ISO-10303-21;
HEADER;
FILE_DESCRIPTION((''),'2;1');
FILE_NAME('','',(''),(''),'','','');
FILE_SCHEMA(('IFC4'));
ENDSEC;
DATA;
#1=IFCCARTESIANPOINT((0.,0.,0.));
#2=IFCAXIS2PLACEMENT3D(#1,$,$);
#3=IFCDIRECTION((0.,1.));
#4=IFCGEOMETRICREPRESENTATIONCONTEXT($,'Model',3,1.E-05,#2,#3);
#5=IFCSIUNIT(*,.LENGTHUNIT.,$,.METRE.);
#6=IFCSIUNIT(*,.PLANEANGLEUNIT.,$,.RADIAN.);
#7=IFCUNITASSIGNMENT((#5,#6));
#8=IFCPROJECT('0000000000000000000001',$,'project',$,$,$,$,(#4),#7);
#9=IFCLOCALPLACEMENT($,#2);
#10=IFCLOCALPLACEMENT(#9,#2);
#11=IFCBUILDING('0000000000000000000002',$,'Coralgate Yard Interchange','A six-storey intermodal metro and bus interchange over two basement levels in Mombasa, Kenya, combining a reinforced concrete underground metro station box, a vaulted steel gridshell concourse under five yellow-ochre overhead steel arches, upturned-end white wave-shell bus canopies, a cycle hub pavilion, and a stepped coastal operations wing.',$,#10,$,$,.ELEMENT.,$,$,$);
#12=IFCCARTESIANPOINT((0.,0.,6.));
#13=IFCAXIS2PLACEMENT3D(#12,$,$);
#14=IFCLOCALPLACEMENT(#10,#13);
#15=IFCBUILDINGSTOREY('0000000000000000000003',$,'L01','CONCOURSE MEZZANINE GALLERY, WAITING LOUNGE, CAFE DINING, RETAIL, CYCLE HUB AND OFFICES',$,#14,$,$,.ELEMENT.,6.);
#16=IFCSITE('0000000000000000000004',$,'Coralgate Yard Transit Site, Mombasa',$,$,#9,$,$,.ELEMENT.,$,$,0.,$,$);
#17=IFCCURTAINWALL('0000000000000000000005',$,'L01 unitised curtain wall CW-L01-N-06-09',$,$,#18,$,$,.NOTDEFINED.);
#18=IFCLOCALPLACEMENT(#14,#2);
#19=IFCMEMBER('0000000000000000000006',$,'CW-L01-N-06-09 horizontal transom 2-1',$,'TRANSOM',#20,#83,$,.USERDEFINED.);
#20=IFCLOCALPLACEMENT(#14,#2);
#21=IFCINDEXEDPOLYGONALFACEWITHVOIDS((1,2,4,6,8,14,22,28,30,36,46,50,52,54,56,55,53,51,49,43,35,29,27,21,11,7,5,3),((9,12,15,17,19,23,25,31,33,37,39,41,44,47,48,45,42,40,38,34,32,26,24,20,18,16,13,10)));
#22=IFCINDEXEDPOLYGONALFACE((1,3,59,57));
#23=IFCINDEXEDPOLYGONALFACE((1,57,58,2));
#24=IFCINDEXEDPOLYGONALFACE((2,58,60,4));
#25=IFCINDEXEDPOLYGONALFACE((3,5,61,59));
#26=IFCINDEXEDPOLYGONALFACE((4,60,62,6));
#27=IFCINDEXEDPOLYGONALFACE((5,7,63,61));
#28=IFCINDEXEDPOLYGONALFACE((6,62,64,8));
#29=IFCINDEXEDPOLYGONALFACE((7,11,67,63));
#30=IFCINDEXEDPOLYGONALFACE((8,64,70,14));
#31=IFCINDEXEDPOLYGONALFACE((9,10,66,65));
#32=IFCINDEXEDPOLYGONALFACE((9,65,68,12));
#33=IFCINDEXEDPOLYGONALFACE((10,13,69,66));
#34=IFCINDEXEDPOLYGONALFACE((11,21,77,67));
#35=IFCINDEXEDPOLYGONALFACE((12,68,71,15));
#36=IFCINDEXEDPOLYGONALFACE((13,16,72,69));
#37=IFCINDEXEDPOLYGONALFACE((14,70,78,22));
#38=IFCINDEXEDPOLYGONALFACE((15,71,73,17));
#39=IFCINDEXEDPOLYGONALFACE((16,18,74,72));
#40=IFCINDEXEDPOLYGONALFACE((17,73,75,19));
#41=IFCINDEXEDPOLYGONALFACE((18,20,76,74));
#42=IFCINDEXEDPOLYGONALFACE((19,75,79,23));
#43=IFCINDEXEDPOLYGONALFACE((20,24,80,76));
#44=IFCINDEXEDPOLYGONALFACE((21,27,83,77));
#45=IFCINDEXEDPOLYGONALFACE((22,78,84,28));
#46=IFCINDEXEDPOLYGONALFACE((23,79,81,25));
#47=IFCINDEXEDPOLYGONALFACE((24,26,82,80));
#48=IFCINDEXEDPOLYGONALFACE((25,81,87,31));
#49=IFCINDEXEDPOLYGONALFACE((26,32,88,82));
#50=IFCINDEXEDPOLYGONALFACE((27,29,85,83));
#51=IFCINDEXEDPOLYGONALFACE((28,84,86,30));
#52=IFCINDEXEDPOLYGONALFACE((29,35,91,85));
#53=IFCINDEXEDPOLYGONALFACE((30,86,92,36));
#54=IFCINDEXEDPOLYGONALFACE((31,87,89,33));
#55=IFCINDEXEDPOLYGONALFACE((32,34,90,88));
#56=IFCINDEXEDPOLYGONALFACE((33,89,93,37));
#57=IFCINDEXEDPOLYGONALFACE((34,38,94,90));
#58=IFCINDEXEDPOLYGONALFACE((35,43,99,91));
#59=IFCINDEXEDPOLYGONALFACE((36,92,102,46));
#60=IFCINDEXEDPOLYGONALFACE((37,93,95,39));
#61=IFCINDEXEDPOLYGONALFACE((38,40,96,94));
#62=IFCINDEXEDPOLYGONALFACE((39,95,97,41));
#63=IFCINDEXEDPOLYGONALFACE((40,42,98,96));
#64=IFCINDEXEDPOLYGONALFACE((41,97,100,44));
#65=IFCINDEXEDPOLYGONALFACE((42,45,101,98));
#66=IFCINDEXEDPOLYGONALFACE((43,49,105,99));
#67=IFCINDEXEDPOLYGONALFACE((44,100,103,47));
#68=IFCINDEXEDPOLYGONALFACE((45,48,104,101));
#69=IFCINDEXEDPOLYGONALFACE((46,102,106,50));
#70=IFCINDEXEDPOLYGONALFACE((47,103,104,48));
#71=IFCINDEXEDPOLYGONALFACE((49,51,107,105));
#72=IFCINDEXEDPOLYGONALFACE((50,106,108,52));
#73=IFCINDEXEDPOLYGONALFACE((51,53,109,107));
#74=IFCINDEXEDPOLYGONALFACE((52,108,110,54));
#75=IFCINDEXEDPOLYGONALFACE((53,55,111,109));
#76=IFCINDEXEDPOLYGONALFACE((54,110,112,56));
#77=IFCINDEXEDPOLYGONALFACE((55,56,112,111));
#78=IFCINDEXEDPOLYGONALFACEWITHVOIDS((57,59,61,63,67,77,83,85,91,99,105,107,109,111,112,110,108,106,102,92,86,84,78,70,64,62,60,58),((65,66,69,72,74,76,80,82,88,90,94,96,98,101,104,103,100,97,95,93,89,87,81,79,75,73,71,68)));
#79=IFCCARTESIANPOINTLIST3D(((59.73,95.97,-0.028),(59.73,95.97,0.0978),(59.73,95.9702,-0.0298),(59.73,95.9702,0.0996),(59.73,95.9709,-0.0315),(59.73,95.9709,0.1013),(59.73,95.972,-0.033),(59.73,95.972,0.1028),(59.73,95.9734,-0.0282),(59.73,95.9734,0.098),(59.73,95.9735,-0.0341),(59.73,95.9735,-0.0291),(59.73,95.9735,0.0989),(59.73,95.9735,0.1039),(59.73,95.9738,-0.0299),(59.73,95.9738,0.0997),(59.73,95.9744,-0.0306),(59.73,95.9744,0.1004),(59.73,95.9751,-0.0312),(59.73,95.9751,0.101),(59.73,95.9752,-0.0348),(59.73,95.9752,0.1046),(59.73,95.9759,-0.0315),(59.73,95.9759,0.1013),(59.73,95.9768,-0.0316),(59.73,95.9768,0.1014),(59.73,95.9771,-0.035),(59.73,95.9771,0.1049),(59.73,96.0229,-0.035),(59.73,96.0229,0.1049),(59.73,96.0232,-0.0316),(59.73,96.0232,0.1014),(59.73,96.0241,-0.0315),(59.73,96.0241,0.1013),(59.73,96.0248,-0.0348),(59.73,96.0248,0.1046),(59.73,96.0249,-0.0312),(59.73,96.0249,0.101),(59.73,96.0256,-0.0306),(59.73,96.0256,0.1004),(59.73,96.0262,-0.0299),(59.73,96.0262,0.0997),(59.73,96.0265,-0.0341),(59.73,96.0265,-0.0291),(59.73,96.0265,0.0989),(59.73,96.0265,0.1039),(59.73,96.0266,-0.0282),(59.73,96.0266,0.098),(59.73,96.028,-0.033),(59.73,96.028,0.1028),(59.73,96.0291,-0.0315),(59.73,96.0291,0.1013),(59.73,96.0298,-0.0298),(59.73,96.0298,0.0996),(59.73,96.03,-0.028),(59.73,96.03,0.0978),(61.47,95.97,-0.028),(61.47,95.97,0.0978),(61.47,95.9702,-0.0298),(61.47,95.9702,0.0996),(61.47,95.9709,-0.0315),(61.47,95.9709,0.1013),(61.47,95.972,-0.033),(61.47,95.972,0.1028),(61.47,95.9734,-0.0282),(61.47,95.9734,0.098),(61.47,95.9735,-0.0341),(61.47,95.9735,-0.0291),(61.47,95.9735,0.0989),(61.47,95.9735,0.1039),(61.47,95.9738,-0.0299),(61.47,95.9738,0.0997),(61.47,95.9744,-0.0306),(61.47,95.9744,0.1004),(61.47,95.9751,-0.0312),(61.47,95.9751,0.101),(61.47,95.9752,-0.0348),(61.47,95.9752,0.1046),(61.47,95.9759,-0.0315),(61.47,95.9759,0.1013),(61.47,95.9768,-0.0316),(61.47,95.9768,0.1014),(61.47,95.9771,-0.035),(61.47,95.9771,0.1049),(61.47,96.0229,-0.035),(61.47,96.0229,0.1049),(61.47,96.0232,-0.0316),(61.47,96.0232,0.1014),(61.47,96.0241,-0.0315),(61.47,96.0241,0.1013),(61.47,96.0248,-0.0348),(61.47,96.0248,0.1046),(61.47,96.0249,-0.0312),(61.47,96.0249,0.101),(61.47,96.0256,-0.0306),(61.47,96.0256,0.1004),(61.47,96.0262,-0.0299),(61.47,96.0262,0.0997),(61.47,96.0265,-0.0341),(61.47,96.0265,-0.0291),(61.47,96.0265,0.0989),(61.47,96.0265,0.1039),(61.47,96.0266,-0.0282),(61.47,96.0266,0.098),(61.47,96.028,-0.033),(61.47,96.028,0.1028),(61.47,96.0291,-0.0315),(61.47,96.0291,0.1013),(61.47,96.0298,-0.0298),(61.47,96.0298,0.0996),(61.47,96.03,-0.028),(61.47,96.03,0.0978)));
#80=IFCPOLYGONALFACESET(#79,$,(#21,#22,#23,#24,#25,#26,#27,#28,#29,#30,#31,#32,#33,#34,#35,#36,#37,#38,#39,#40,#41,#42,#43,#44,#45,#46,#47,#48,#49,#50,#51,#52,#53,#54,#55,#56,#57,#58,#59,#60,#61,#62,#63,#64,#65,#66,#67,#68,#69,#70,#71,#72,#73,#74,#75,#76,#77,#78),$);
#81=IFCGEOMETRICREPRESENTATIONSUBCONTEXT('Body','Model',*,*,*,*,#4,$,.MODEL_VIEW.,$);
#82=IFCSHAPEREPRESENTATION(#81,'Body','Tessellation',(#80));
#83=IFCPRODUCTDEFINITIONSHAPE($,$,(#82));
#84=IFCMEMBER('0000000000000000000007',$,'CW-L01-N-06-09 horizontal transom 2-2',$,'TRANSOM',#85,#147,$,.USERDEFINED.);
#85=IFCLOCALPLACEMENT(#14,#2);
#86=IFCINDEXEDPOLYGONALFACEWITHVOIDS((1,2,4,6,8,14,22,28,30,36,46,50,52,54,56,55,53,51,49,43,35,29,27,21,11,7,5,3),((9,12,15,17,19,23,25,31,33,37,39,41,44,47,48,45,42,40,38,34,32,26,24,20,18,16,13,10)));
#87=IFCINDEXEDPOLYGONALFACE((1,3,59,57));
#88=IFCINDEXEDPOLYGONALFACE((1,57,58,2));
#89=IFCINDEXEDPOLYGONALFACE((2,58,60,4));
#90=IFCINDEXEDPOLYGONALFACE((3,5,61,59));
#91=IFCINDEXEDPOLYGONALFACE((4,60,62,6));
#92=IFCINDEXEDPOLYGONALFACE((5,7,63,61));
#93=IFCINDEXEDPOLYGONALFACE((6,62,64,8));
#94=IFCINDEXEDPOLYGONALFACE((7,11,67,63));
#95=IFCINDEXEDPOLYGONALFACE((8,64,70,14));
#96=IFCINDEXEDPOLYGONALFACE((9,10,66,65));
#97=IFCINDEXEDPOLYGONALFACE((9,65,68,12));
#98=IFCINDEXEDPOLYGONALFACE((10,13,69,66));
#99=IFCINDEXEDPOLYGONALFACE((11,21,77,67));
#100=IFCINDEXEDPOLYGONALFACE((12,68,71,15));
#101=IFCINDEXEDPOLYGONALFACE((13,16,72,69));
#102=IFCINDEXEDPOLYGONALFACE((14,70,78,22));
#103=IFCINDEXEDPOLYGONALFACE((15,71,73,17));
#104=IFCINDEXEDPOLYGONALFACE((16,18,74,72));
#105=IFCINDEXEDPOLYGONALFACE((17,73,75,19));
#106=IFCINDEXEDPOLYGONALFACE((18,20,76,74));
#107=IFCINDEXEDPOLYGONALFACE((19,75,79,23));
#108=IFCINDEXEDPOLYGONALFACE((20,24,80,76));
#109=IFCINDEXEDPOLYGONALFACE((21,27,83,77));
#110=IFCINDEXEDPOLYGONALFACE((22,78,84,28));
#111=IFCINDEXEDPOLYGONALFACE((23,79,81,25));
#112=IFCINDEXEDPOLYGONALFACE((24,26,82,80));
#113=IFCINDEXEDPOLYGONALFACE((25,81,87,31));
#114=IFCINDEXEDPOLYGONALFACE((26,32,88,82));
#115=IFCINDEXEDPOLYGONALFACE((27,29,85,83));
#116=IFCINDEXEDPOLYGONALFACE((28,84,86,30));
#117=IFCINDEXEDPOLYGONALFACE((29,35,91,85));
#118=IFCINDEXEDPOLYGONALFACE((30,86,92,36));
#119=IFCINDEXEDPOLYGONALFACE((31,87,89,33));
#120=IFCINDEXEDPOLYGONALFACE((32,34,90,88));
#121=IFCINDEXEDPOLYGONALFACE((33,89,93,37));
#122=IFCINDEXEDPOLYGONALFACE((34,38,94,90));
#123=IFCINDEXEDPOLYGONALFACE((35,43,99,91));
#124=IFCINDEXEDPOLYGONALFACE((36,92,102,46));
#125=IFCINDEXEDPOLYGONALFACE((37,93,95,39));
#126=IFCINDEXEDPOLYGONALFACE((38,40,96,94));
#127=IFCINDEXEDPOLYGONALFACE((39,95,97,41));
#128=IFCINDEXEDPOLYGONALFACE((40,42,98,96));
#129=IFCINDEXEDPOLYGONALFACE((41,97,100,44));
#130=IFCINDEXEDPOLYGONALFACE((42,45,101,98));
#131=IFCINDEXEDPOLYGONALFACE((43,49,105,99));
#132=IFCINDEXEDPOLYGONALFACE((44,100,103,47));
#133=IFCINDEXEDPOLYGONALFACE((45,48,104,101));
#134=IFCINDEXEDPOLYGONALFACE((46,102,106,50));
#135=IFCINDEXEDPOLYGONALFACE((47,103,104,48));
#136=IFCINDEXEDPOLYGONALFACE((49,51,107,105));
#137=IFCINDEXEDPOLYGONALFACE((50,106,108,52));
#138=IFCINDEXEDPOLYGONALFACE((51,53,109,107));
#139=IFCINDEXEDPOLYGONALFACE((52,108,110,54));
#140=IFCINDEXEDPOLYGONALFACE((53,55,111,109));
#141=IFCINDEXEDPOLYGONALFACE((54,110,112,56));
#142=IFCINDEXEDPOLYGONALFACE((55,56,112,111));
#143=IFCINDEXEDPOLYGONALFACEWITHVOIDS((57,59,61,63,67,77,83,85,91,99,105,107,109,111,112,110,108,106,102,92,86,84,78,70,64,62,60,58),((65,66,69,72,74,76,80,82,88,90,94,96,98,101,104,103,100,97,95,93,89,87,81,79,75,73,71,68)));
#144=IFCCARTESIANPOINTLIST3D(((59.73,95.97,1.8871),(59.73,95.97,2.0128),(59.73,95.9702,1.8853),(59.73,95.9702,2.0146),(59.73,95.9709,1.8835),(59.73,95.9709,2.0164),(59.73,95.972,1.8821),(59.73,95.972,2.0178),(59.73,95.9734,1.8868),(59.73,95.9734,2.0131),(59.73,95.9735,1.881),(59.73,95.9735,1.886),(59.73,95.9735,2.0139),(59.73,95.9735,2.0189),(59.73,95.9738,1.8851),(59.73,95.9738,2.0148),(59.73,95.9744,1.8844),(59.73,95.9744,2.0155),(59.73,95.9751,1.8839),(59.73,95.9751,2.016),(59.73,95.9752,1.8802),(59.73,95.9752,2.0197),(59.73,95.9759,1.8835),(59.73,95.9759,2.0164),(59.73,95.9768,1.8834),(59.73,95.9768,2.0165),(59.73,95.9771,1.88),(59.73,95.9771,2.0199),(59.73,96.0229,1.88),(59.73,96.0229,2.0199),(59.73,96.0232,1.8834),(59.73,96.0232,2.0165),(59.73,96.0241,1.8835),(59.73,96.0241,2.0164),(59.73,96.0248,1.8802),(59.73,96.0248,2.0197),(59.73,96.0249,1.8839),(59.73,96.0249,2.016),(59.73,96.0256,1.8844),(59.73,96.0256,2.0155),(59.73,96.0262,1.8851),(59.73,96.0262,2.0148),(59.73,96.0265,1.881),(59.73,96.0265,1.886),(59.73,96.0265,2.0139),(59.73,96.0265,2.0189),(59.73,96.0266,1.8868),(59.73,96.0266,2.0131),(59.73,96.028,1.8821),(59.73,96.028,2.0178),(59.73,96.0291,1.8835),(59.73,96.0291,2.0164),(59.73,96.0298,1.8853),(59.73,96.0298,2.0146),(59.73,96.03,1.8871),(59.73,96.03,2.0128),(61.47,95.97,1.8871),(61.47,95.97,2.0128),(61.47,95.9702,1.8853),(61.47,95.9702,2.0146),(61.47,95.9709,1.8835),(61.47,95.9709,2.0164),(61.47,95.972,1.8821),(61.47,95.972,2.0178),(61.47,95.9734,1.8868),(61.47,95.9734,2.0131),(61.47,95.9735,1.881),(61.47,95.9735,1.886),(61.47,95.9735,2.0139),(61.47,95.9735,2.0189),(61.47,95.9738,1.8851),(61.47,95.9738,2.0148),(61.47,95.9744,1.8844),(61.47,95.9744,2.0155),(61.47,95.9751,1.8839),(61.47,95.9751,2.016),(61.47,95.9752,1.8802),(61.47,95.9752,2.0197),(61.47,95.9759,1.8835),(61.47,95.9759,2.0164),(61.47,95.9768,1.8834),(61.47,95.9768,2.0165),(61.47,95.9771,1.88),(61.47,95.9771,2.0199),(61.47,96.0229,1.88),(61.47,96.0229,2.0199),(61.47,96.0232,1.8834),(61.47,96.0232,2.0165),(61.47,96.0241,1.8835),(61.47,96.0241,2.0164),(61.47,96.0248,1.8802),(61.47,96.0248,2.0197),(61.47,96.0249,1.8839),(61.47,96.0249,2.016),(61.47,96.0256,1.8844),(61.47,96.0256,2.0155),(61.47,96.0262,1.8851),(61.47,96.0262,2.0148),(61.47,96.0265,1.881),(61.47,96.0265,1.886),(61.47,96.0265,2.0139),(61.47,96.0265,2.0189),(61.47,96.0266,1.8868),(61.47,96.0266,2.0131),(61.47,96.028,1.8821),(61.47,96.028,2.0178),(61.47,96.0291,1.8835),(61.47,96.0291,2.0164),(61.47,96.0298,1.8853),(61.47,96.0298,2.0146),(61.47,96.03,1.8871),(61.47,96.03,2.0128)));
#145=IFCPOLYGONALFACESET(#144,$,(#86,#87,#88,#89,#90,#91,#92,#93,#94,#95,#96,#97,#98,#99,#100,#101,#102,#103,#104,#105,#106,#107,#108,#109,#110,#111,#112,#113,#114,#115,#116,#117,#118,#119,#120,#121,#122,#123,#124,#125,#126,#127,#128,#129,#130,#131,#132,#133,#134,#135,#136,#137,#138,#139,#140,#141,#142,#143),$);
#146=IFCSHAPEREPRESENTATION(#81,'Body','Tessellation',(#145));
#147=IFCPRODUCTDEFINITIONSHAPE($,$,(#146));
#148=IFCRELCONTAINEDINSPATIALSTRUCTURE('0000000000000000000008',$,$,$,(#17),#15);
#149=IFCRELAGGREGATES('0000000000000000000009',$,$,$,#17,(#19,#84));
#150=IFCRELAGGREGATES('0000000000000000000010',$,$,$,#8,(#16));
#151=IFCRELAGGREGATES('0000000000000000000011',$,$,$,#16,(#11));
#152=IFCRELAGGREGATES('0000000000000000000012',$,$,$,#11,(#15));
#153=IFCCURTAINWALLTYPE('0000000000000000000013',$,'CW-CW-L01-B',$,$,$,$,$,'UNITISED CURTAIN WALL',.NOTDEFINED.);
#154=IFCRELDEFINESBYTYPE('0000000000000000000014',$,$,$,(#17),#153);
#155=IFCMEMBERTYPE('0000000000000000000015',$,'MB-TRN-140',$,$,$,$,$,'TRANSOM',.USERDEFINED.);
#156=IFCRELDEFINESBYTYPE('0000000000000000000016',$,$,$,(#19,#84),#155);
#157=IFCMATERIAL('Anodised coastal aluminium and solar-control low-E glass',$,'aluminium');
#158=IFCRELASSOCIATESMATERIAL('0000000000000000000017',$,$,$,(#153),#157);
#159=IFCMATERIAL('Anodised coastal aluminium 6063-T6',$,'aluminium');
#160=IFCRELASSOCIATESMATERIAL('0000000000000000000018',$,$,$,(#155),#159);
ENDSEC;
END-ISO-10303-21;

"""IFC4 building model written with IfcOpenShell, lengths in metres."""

from ifc_helpers import new_model, si_unit, direction, frame, origin, origin_2d, place, context, subcontext, project, spatial, hollow_rectangle, extrude, material, material_profile, profile_set, type_object, element, aggregate, save


model = new_model("IFC4")

# Units and contexts
model_context = context("Model", 3, precision=1e-05, world=origin(), true_north=direction((0.0, 1.0)))
body_context = subcontext(model_context, "Body", "Model", "MODEL_VIEW")
ifc_project = project(units=[si_unit("LENGTHUNIT", "METRE"), si_unit("PLANEANGLEUNIT", "RADIAN")], contexts=[model_context])

# Site, building, storey
site_placement = place(None, origin())
site = spatial("IfcSite", under=ifc_project, at=site_placement, Name="Coralgate Yard Transit Site, Mombasa", CompositionType="ELEMENT", RefElevation=0.0)
building_placement = place(site_placement, origin())
building = spatial("IfcBuilding", under=site, at=building_placement, Name="Coralgate Yard Interchange", Description="A six-storey intermodal metro and bus interchange over two basement levels in Mombasa, Kenya, combining a reinforced concrete underground metro station box, a vaulted steel gridshell concourse under five yellow-ochre overhead steel arches, upturned-end white wave-shell bus canopies, a cycle hub pavilion, and a stepped coastal operations wing.", CompositionType="ELEMENT")
storey_placement = place(building_placement, frame((0.0, 0.0, 6.0)))
storey = spatial("IfcBuildingStorey", under=building, at=storey_placement, Name="L01", Description="CONCOURSE MEZZANINE GALLERY, WAITING LOUNGE, CAFE DINING, RETAIL, CYCLE HUB AND OFFICES", CompositionType="ELEMENT", Elevation=6.0)

# Shared definitions
ifc_material_1 = material(Name="Anodised coastal aluminium and solar-control low-E glass", Category="aluminium")
curtain_wall_type = type_object("IfcCurtainWallType", Name="CW-CW-L01-B", ElementType="UNITISED CURTAIN WALL", PredefinedType="NOTDEFINED", material=ifc_material_1)
ifc_material_2 = material(Name="Anodised coastal aluminium 6063-T6", Category="aluminium")

# Curtain wall, members
curtain_wall_1_placement = place(storey_placement, origin())
curtain_wall_1 = element("IfcCurtainWall", 1, at=curtain_wall_1_placement, inside=storey, type_object=curtain_wall_type, Name="L01 unitised curtain wall CW-L01-N-06-09", PredefinedType="NOTDEFINED")
ifc_material_profile_1 = material_profile(ifc_material_2, hollow_rectangle(XDim=0.0601, YDim=0.1399, WallThickness=0.0034, InnerFilletRadius=0.0034, OuterFilletRadius=0.0071, at=origin_2d()), Name="ALU 60x140x3.5")
ifc_profile_set_1 = profile_set([ifc_material_profile_1], Name="Anodised coastal aluminium 6063-T6")
member_type_1 = type_object("IfcMemberType", Name="MB-TRN-140", ElementType="TRANSOM", PredefinedType="USERDEFINED", material=ifc_profile_set_1)
member_1_placement = place(storey_placement, frame((59.73, 96.0, 0.0349), z_axis=(1.0, 0.0, 0.0), x_axis=(0.0, 1.0, 0.0)))
member_1 = element("IfcMember", 2, at=member_1_placement, type_object=member_type_1, Name="CW-L01-N-06-09 horizontal transom 2-1", ObjectType="TRANSOM", PredefinedType="USERDEFINED", context=body_context, shape_type="SweptSolid", body=[
    extrude(hollow_rectangle(XDim=0.0601, YDim=0.1399, WallThickness=0.0034, InnerFilletRadius=0.0034, OuterFilletRadius=0.0071, at=origin_2d()), origin(), (0.0, 0.0, 1.0), 1.74),
])
member_2_placement = place(storey_placement, frame((59.73, 96.0, 1.95), z_axis=(1.0, 0.0, 0.0), x_axis=(0.0, 1.0, 0.0)))
member_2 = element("IfcMember", 3, at=member_2_placement, type_object=member_type_1, Name="CW-L01-N-06-09 horizontal transom 2-2", ObjectType="TRANSOM", PredefinedType="USERDEFINED", context=body_context, shape_type="SweptSolid", body=[
    extrude(hollow_rectangle(XDim=0.0601, YDim=0.1399, WallThickness=0.0034, InnerFilletRadius=0.0034, OuterFilletRadius=0.0071, at=origin_2d()), origin(), (0.0, 0.0, 1.0), 1.74),
])
aggregate(curtain_wall_1, [member_1, member_2])

save(model, "model.ifc")
